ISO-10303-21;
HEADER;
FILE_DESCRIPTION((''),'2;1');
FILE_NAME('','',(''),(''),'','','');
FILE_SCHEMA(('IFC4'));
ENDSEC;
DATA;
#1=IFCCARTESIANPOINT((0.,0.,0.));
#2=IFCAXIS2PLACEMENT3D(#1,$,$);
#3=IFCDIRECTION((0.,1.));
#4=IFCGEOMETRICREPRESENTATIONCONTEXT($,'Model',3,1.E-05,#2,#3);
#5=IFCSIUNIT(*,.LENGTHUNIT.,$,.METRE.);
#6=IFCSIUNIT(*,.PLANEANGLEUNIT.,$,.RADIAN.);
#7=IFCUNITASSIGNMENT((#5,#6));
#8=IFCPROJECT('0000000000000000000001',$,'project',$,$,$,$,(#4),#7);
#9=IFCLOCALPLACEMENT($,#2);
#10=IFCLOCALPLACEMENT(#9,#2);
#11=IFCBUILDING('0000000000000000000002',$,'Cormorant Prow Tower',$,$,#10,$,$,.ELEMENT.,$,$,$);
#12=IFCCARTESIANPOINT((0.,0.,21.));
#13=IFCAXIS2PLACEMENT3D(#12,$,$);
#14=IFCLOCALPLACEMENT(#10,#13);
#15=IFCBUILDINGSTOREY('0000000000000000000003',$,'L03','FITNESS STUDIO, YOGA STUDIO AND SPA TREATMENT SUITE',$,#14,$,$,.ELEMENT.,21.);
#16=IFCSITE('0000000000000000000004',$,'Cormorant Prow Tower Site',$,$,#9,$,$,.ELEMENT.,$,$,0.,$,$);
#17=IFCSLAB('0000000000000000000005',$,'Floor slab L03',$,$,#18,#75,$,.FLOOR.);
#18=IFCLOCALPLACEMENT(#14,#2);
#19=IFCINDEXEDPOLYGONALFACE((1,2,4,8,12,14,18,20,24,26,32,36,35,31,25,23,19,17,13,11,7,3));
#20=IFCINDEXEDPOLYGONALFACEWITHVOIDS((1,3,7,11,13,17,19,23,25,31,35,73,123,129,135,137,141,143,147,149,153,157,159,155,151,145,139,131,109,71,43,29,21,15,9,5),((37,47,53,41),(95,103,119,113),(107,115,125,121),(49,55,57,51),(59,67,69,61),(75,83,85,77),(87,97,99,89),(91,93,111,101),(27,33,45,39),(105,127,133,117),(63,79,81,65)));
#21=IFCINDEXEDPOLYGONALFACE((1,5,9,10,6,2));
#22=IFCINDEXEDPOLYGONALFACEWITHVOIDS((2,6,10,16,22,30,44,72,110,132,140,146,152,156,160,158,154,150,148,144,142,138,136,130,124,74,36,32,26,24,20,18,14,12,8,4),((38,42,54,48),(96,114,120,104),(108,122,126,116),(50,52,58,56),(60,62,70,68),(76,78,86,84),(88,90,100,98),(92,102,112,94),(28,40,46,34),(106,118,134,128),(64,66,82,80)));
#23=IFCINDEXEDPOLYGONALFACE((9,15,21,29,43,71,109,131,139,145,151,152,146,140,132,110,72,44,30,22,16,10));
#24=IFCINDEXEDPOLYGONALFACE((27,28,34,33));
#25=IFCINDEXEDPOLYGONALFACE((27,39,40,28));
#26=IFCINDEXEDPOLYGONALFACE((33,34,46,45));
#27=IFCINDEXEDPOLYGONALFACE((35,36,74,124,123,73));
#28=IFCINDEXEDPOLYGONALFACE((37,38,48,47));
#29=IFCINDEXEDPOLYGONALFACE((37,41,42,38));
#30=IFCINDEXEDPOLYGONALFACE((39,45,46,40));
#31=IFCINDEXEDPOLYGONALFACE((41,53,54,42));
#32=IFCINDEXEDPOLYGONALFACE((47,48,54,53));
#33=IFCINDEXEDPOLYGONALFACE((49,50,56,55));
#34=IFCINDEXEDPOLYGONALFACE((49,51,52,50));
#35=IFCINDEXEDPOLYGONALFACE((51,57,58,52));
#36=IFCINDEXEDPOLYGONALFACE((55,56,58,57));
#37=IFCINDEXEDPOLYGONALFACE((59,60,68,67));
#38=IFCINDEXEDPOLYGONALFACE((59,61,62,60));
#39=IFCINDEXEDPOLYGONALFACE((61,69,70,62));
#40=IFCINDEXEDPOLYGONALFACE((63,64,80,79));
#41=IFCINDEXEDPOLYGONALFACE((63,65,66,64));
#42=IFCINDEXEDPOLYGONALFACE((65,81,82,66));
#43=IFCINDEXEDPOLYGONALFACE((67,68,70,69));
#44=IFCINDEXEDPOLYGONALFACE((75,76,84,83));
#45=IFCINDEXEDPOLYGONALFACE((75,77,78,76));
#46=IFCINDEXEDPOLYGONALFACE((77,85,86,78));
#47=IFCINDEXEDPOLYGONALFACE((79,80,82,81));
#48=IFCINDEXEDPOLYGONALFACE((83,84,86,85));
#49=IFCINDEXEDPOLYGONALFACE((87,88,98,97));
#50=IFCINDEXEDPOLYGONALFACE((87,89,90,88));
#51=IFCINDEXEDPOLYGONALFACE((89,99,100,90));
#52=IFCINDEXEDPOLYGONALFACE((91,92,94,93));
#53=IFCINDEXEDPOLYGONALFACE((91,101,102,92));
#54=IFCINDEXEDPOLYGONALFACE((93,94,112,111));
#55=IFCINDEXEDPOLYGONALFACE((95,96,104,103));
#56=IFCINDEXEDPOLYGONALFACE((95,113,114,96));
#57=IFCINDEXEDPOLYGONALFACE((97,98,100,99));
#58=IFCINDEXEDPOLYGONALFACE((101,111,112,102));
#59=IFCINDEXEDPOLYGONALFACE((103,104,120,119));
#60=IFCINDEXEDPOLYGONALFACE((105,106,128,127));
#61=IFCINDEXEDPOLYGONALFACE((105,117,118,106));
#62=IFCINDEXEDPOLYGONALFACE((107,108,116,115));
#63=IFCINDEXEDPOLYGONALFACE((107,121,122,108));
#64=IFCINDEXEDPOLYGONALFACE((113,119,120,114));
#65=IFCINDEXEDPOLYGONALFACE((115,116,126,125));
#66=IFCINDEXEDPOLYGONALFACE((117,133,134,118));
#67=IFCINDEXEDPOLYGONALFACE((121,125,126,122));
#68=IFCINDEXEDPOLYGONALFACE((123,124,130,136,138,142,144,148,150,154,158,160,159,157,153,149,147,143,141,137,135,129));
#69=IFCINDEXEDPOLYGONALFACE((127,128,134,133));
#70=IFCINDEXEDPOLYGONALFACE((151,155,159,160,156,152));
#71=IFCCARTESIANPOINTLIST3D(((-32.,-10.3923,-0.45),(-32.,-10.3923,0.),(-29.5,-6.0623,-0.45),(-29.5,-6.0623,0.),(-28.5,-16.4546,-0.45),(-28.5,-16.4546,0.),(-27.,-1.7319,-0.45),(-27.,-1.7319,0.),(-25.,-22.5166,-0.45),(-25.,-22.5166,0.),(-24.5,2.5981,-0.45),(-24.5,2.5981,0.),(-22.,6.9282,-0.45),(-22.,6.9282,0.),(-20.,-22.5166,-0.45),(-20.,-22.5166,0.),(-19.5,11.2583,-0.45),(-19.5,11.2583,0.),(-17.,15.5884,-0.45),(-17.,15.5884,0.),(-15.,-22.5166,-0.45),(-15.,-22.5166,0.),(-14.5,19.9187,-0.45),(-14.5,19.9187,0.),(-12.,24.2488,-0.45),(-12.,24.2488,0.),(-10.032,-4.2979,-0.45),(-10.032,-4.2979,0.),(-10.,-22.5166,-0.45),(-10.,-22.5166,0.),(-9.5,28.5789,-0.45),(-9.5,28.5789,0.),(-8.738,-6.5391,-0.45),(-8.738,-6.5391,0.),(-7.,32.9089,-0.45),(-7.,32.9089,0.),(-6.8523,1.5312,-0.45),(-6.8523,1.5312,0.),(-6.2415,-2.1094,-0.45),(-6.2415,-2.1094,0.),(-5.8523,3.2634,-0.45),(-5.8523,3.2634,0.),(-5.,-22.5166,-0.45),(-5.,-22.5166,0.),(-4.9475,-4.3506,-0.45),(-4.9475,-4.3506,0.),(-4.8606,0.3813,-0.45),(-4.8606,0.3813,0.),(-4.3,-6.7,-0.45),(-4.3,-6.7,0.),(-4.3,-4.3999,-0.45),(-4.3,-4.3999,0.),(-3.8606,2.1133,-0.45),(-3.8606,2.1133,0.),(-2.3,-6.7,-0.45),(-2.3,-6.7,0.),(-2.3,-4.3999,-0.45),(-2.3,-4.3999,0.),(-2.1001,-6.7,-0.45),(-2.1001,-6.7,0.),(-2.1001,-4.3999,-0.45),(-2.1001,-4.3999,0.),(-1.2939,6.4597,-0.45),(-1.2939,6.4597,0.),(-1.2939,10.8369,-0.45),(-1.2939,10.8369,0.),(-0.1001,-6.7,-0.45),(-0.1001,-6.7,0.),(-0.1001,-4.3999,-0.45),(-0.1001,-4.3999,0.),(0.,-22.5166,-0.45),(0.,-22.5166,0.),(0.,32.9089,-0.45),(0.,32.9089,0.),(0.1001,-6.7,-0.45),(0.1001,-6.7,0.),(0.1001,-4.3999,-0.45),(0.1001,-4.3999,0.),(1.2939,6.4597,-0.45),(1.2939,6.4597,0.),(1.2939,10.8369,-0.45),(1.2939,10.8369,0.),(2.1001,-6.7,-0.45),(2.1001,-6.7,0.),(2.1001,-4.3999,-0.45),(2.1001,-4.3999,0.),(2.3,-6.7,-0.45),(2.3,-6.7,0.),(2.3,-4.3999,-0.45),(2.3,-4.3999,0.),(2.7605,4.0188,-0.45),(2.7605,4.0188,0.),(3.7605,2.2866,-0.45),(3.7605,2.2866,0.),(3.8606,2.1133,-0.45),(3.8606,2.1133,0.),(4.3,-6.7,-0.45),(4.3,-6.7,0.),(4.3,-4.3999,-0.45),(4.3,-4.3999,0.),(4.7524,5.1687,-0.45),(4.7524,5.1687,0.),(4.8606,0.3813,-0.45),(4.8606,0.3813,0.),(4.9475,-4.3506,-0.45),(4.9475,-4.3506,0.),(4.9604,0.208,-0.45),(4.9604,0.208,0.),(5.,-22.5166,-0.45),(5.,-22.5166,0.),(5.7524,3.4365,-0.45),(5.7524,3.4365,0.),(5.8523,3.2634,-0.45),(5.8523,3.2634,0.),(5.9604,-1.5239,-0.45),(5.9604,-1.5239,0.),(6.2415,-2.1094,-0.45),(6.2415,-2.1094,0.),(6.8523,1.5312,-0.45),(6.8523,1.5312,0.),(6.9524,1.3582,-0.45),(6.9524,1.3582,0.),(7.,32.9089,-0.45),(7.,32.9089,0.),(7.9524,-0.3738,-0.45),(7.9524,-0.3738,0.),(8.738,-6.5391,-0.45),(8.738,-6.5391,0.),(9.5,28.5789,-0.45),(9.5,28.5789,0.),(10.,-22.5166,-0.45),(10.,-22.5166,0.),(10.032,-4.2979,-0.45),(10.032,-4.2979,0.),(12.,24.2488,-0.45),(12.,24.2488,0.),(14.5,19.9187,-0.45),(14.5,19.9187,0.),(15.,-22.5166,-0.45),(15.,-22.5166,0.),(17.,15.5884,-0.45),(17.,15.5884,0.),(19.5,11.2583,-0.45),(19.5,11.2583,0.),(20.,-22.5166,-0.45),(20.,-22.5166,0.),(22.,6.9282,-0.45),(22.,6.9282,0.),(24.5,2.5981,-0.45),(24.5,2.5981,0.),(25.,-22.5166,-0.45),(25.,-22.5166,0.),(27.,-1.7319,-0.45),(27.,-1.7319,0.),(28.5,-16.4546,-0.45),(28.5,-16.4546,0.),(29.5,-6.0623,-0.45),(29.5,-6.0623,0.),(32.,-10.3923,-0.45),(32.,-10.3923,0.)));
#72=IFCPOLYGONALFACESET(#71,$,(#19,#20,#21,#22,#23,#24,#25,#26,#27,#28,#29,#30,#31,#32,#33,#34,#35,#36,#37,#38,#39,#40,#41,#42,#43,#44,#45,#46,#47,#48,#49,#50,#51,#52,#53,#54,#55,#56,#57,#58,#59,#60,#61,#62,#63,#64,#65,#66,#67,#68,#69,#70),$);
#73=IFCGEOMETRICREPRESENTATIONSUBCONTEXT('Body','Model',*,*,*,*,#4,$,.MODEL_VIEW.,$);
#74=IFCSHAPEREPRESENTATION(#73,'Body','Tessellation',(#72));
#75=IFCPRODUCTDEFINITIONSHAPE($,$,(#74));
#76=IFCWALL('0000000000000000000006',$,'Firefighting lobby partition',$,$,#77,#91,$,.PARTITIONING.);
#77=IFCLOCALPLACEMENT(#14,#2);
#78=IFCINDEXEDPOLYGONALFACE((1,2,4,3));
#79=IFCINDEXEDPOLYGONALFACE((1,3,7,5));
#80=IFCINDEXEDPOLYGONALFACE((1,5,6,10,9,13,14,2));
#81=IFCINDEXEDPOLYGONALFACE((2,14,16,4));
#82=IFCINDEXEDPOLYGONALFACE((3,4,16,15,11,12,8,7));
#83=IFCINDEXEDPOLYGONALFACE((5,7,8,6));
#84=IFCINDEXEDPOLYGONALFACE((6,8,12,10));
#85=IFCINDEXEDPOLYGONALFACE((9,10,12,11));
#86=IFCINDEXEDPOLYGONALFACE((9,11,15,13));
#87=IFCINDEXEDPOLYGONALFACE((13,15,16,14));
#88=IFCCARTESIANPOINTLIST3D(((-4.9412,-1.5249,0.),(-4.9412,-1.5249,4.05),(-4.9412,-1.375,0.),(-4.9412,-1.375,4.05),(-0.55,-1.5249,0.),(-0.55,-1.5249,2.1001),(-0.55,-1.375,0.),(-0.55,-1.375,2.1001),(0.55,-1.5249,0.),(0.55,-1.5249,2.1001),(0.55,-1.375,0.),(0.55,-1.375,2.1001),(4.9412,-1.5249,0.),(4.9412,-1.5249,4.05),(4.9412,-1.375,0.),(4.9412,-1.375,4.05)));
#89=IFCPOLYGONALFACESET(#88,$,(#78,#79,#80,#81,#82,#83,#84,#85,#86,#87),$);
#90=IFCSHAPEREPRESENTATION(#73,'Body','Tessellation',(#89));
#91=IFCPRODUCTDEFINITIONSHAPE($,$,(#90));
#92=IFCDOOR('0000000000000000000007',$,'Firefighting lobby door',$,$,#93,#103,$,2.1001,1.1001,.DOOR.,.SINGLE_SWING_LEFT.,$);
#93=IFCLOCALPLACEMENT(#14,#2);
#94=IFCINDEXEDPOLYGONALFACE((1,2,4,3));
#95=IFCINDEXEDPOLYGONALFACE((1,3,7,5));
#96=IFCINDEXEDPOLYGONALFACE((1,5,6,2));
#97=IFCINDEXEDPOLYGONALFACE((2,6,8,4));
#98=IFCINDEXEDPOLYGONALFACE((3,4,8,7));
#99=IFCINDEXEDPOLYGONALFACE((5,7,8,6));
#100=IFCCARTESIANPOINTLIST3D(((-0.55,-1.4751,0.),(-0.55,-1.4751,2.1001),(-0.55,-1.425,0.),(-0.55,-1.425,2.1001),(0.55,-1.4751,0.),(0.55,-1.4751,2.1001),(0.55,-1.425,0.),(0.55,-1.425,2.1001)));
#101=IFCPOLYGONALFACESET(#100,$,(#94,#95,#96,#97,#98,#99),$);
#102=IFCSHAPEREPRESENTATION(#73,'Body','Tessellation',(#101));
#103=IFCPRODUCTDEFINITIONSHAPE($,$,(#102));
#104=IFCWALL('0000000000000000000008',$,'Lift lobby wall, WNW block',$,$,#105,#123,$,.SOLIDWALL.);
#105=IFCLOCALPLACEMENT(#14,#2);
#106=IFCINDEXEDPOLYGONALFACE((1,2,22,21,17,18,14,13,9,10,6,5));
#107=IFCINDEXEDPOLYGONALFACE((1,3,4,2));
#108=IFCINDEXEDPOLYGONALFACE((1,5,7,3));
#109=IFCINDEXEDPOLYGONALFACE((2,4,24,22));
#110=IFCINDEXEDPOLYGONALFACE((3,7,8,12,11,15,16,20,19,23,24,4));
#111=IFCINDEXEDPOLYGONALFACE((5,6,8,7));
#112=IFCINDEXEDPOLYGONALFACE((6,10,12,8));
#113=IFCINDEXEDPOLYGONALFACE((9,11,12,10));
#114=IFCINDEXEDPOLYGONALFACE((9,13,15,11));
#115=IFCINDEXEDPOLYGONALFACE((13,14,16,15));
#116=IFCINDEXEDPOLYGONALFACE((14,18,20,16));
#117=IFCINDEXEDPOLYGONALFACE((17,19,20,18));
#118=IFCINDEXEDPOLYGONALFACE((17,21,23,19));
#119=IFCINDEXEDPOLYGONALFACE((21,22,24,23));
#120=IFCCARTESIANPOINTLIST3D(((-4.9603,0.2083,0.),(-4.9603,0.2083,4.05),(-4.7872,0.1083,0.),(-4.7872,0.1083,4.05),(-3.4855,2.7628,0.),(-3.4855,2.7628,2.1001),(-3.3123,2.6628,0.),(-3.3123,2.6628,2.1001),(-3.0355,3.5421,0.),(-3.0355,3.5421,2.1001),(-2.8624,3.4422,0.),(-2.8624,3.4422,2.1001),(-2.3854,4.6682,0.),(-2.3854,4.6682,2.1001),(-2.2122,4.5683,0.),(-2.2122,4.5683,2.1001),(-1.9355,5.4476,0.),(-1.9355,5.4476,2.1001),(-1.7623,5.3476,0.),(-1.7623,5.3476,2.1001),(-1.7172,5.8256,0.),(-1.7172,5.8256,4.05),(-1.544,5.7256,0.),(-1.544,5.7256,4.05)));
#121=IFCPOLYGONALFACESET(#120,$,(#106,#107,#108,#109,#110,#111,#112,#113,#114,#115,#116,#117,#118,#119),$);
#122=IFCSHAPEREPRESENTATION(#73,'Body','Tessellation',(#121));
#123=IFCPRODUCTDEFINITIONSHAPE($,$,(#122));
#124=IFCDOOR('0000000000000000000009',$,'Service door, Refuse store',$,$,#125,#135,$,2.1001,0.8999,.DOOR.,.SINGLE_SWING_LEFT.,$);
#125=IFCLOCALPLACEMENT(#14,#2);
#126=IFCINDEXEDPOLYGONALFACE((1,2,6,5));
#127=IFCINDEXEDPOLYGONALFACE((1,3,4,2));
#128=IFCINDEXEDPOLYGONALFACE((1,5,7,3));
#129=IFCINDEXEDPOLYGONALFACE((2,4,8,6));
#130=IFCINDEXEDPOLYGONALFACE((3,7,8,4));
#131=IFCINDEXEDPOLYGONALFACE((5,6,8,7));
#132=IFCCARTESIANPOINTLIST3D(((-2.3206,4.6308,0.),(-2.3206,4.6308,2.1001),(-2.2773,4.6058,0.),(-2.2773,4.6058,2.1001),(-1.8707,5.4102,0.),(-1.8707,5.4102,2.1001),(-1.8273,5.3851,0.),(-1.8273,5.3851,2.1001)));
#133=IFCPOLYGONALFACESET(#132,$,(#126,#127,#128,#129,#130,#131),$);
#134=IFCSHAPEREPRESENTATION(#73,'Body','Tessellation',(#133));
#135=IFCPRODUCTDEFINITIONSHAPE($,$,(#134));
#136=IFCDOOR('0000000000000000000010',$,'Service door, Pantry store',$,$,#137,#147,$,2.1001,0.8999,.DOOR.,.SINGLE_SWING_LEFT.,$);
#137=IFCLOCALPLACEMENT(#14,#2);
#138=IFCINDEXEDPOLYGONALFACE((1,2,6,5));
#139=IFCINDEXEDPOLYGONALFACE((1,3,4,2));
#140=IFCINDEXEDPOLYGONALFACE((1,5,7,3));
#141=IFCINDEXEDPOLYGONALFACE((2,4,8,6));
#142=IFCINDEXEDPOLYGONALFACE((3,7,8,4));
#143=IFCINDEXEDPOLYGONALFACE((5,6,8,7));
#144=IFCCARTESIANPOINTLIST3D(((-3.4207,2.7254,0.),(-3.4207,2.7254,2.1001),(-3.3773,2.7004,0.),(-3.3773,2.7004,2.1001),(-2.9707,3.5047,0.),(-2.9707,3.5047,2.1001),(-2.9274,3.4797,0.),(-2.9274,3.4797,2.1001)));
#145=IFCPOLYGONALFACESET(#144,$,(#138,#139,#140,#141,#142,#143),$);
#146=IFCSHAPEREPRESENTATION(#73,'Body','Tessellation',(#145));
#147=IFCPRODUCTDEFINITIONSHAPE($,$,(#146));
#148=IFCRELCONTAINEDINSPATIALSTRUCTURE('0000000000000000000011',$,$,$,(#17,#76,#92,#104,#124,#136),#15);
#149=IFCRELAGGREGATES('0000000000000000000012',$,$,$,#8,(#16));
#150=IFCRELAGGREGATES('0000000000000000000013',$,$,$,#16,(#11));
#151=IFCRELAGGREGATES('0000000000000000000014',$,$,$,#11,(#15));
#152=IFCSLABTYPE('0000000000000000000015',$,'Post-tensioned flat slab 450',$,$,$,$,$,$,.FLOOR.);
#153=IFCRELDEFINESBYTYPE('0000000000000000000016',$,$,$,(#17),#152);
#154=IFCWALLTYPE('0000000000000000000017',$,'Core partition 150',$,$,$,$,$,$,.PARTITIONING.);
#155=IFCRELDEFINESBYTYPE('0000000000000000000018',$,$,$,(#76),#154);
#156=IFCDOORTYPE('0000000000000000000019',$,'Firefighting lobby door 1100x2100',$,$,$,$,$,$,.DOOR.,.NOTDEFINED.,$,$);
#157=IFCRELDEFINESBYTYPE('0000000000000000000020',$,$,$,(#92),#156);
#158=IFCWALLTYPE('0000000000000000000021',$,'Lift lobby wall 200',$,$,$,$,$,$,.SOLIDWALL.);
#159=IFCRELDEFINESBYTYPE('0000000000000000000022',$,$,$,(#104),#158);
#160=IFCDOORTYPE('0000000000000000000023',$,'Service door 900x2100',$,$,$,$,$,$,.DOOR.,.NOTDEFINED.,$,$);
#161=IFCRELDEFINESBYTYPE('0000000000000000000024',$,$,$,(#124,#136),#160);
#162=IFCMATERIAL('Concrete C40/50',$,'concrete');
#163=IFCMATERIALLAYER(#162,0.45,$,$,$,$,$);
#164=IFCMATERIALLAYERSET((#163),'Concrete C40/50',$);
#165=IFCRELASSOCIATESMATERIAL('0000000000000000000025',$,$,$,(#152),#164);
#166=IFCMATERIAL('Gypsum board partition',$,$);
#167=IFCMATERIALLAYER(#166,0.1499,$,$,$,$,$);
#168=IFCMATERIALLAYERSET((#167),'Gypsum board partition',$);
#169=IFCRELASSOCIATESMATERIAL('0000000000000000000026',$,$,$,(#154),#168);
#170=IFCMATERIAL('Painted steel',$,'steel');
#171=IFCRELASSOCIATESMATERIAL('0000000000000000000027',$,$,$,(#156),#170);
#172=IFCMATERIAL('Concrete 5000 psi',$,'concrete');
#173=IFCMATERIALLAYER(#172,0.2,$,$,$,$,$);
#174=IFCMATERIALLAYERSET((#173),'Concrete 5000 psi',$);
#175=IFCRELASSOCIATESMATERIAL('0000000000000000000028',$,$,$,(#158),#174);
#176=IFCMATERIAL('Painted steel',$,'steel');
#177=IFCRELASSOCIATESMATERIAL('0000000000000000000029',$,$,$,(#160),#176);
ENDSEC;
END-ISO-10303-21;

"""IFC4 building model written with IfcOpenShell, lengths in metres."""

from ifc_helpers import new_model, si_unit, direction, frame, frame_2d, origin, place, context, subcontext, project, spatial, polyline, rectangle, outline, extrude, material, layer, layer_set, type_object, element, fill, save


model = new_model("IFC4")

# Units and contexts
model_context = context("Model", 3, precision=1e-05, world=origin(), true_north=direction((0.0, 1.0)))
body_context = subcontext(model_context, "Body", "Model", "MODEL_VIEW")
ifc_project = project(units=[si_unit("LENGTHUNIT", "METRE"), si_unit("PLANEANGLEUNIT", "RADIAN")], contexts=[model_context])

# Site, building, storey
site_placement = place(None, origin())
site = spatial("IfcSite", under=ifc_project, at=site_placement, Name="Cormorant Prow Tower Site", CompositionType="ELEMENT", RefElevation=0.0)
building_placement = place(site_placement, origin())
building = spatial("IfcBuilding", under=site, at=building_placement, Name="Cormorant Prow Tower", CompositionType="ELEMENT")
storey_placement = place(building_placement, frame((0.0, 0.0, 21.0)))
storey = spatial("IfcBuildingStorey", under=building, at=storey_placement, Name="L03", Description="FITNESS STUDIO, YOGA STUDIO AND SPA TREATMENT SUITE", CompositionType="ELEMENT", Elevation=21.0)

# Slab
ifc_material_1 = material(Name="Concrete C40/50", Category="concrete")
ifc_layer_1 = layer(ifc_material_1, 0.45)
ifc_layer_set_1 = layer_set([ifc_layer_1], Name="Concrete C40/50")
slab_type = type_object("IfcSlabType", Name="Post-tensioned flat slab 450", PredefinedType="FLOOR", material=ifc_layer_set_1)
slab_placement = place(storey_placement, frame((0.0, 0.0, -0.45)))
element("IfcSlab", 1, at=slab_placement, inside=storey, type_object=slab_type, Name="Floor slab L03", PredefinedType="FLOOR", context=body_context, shape_type="SweptSolid", body=[
    extrude(outline(polyline([(-9.5, 28.5789), (-12.0, 24.2488), (-14.5, 19.9187), (-17.0, 15.5884), (-19.5, 11.2583), (-22.0, 6.9282), (-24.5, 2.5981), (-27.0, -1.7319), (-29.5, -6.0623), (-32.0, -10.3923), (-28.5, -16.4546), (-25.0, -22.5166), (-20.0, -22.5166), (-15.0, -22.5166), (-10.0, -22.5166), (-5.0, -22.5166), (0.0, -22.5166), (5.0, -22.5166), (10.0, -22.5166), (15.0, -22.5166), (20.0, -22.5166), (25.0, -22.5166), (28.5, -16.4546), (32.0, -10.3923), (29.5, -6.0623), (27.0, -1.7319), (24.5, 2.5981), (22.0, 6.9282), (19.5, 11.2583), (17.0, 15.5884), (14.5, 19.9187), (12.0, 24.2488), (9.5, 28.5789), (7.0, 32.9089), (0.0, 32.9089), (-7.0, 32.9089), (-9.5, 28.5789)]), holes=[polyline([(-4.3, -6.7), (-4.3, -4.3999), (-2.3, -4.3999), (-2.3, -6.7), (-4.3, -6.7)]), polyline([(-2.1001, -4.3999), (-0.1001, -4.3999), (-0.1001, -6.7), (-2.1001, -6.7), (-2.1001, -4.3999)]), polyline([(2.1001, -4.3999), (2.1001, -6.7), (0.1001, -6.7), (0.1001, -4.3999), (2.1001, -4.3999)]), polyline([(4.3, -6.7), (2.3, -6.7), (2.3, -4.3999), (4.3, -4.3999), (4.3, -6.7)]), polyline([(7.9524, -0.3738), (5.9604, -1.5239), (4.9604, 0.208), (6.9524, 1.3582), (7.9524, -0.3738)]), polyline([(4.8606, 0.3813), (3.8606, 2.1133), (5.8523, 3.2634), (6.8523, 1.5312), (4.8606, 0.3813)]), polyline([(2.7605, 4.0188), (4.7524, 5.1687), (5.7524, 3.4365), (3.7605, 2.2866), (2.7605, 4.0188)]), polyline([(-6.8523, 1.5312), (-5.8523, 3.2634), (-3.8606, 2.1133), (-4.8606, 0.3813), (-6.8523, 1.5312)]), polyline([(-4.9475, -4.3506), (-8.738, -6.5391), (-10.032, -4.2979), (-6.2415, -2.1094), (-4.9475, -4.3506)]), polyline([(10.032, -4.2979), (8.738, -6.5391), (4.9475, -4.3506), (6.2415, -2.1094), (10.032, -4.2979)]), polyline([(1.2939, 10.8369), (1.2939, 6.4597), (-1.2939, 6.4597), (-1.2939, 10.8369), (1.2939, 10.8369)])]), origin(), (0.0, 0.0, 1.0), 0.45),
])

# Wall, opening, door
ifc_material_2 = material(Name="Gypsum board partition")
ifc_layer_2 = layer(ifc_material_2, 0.1499)
ifc_layer_set_2 = layer_set([ifc_layer_2], Name="Gypsum board partition")
wall_type_1 = type_object("IfcWallType", Name="Core partition 150", PredefinedType="PARTITIONING", material=ifc_layer_set_2)
wall_1_placement = place(storey_placement, frame((-4.9412, -1.45, 0.0), z_axis=(0.0, 0.0, 1.0), x_axis=(1.0, 0.0, 0.0)))
wall_1 = element("IfcWall", 2, at=wall_1_placement, inside=storey, type_object=wall_type_1, Name="Firefighting lobby partition", PredefinedType="PARTITIONING", context=body_context, shape_type="SweptSolid", body=[
    extrude(rectangle(XDim=9.8823, YDim=0.1499, at=frame_2d((4.9412, 0.0))), origin(), (0.0, 0.0, 1.0), 4.05),
])
opening_1_placement = place(wall_1_placement, frame((4.3911, 0.0, 0.0)))
opening_1 = element("IfcOpeningElement", 3, at=opening_1_placement, cuts=wall_1, PredefinedType="OPENING", context=body_context, shape_type="SweptSolid", body=[
    extrude(rectangle(XDim=1.1001, YDim=2.1001, at=frame_2d((0.55, 1.05))), frame((0.0, 0.085, 0.0), z_axis=(0.0, -1.0, 0.0), x_axis=(1.0, 0.0, 0.0)), (0.0, 0.0, 1.0), 0.1699),
])
ifc_material_3 = material(Name="Painted steel", Category="steel")
door_type_1 = type_object("IfcDoorType", Name="Firefighting lobby door 1100x2100", OperationType="NOTDEFINED", PredefinedType="DOOR", material=ifc_material_3)
door_1_placement = place(opening_1_placement, origin())
door_1 = element("IfcDoor", 4, at=door_1_placement, inside=storey, type_object=door_type_1, Name="Firefighting lobby door", OperationType="SINGLE_SWING_LEFT", OverallHeight=2.1001, OverallWidth=1.1001, PredefinedType="DOOR", context=body_context, shape_type="SweptSolid", body=[
    extrude(rectangle(XDim=1.1001, YDim=2.1001, at=frame_2d((0.55, 1.05))), frame((0.0, 0.0249, 0.0), z_axis=(0.0, -1.0, 0.0), x_axis=(1.0, 0.0, 0.0)), (0.0, 0.0, 1.0), 0.05),
])
fill(opening_1, door_1)

# Wall, openings, doors
ifc_material_4 = material(Name="Concrete 5000 psi", Category="concrete")
ifc_layer_3 = layer(ifc_material_4, 0.2)
ifc_layer_set_3 = layer_set([ifc_layer_3], Name="Concrete 5000 psi")
wall_type_2 = type_object("IfcWallType", Name="Lift lobby wall 200", PredefinedType="SOLIDWALL", material=ifc_layer_set_3)
wall_2_placement = place(storey_placement, frame((-1.6306, 5.7756, 0.0), z_axis=(0.0, 0.0, 1.0), x_axis=(-0.499993, -0.86603, 0.0)))
wall_2 = element("IfcWall", 5, at=wall_2_placement, inside=storey, type_object=wall_type_2, Name="Lift lobby wall, WNW block", PredefinedType="SOLIDWALL", context=body_context, shape_type="SweptSolid", body=[
    extrude(rectangle(XDim=6.4863, YDim=0.2, at=frame_2d((3.2432, 0.0))), origin(), (0.0, 0.0, 1.0), 4.05),
])
opening_2_placement = place(wall_2_placement, frame((0.4365, 0.0, 0.0)))
opening_2 = element("IfcOpeningElement", 6, at=opening_2_placement, cuts=wall_2, PredefinedType="OPENING", context=body_context, shape_type="SweptSolid", body=[
    extrude(rectangle(XDim=0.8999, YDim=2.1001, at=frame_2d((0.45, 1.05))), frame((0.0, 0.1099, 0.0), z_axis=(0.0, -1.0, 0.0), x_axis=(1.0, 0.0, 0.0)), (0.0, 0.0, 1.0), 0.22),
])
opening_3_placement = place(wall_2_placement, frame((2.6367, 0.0, 0.0)))
opening_3 = element("IfcOpeningElement", 7, at=opening_3_placement, cuts=wall_2, PredefinedType="OPENING", context=body_context, shape_type="SweptSolid", body=[
    extrude(rectangle(XDim=0.8999, YDim=2.1001, at=frame_2d((0.45, 1.05))), frame((0.0, 0.1099, 0.0), z_axis=(0.0, -1.0, 0.0), x_axis=(1.0, 0.0, 0.0)), (0.0, 0.0, 1.0), 0.22),
])
ifc_material_5 = material(Name="Painted steel", Category="steel")
door_type_2 = type_object("IfcDoorType", Name="Service door 900x2100", OperationType="NOTDEFINED", PredefinedType="DOOR", material=ifc_material_5)
door_2_placement = place(opening_2_placement, origin())
door_2 = element("IfcDoor", 8, at=door_2_placement, inside=storey, type_object=door_type_2, Name="Service door, Refuse store", OperationType="SINGLE_SWING_LEFT", OverallHeight=2.1001, OverallWidth=0.8999, PredefinedType="DOOR", context=body_context, shape_type="SweptSolid", body=[
    extrude(rectangle(XDim=0.8999, YDim=2.1001, at=frame_2d((0.45, 1.05))), frame((0.0, 0.0249, 0.0), z_axis=(0.0, -1.0, 0.0), x_axis=(1.0, 0.0, 0.0)), (0.0, 0.0, 1.0), 0.05),
])
fill(opening_2, door_2)
door_3_placement = place(opening_3_placement, origin())
door_3 = element("IfcDoor", 9, at=door_3_placement, inside=storey, type_object=door_type_2, Name="Service door, Pantry store", OperationType="SINGLE_SWING_LEFT", OverallHeight=2.1001, OverallWidth=0.8999, PredefinedType="DOOR", context=body_context, shape_type="SweptSolid", body=[
    extrude(rectangle(XDim=0.8999, YDim=2.1001, at=frame_2d((0.45, 1.05))), frame((0.0, 0.0249, 0.0), z_axis=(0.0, -1.0, 0.0), x_axis=(1.0, 0.0, 0.0)), (0.0, 0.0, 1.0), 0.05),
])
fill(opening_3, door_3)

save(model, "model.ifc")
